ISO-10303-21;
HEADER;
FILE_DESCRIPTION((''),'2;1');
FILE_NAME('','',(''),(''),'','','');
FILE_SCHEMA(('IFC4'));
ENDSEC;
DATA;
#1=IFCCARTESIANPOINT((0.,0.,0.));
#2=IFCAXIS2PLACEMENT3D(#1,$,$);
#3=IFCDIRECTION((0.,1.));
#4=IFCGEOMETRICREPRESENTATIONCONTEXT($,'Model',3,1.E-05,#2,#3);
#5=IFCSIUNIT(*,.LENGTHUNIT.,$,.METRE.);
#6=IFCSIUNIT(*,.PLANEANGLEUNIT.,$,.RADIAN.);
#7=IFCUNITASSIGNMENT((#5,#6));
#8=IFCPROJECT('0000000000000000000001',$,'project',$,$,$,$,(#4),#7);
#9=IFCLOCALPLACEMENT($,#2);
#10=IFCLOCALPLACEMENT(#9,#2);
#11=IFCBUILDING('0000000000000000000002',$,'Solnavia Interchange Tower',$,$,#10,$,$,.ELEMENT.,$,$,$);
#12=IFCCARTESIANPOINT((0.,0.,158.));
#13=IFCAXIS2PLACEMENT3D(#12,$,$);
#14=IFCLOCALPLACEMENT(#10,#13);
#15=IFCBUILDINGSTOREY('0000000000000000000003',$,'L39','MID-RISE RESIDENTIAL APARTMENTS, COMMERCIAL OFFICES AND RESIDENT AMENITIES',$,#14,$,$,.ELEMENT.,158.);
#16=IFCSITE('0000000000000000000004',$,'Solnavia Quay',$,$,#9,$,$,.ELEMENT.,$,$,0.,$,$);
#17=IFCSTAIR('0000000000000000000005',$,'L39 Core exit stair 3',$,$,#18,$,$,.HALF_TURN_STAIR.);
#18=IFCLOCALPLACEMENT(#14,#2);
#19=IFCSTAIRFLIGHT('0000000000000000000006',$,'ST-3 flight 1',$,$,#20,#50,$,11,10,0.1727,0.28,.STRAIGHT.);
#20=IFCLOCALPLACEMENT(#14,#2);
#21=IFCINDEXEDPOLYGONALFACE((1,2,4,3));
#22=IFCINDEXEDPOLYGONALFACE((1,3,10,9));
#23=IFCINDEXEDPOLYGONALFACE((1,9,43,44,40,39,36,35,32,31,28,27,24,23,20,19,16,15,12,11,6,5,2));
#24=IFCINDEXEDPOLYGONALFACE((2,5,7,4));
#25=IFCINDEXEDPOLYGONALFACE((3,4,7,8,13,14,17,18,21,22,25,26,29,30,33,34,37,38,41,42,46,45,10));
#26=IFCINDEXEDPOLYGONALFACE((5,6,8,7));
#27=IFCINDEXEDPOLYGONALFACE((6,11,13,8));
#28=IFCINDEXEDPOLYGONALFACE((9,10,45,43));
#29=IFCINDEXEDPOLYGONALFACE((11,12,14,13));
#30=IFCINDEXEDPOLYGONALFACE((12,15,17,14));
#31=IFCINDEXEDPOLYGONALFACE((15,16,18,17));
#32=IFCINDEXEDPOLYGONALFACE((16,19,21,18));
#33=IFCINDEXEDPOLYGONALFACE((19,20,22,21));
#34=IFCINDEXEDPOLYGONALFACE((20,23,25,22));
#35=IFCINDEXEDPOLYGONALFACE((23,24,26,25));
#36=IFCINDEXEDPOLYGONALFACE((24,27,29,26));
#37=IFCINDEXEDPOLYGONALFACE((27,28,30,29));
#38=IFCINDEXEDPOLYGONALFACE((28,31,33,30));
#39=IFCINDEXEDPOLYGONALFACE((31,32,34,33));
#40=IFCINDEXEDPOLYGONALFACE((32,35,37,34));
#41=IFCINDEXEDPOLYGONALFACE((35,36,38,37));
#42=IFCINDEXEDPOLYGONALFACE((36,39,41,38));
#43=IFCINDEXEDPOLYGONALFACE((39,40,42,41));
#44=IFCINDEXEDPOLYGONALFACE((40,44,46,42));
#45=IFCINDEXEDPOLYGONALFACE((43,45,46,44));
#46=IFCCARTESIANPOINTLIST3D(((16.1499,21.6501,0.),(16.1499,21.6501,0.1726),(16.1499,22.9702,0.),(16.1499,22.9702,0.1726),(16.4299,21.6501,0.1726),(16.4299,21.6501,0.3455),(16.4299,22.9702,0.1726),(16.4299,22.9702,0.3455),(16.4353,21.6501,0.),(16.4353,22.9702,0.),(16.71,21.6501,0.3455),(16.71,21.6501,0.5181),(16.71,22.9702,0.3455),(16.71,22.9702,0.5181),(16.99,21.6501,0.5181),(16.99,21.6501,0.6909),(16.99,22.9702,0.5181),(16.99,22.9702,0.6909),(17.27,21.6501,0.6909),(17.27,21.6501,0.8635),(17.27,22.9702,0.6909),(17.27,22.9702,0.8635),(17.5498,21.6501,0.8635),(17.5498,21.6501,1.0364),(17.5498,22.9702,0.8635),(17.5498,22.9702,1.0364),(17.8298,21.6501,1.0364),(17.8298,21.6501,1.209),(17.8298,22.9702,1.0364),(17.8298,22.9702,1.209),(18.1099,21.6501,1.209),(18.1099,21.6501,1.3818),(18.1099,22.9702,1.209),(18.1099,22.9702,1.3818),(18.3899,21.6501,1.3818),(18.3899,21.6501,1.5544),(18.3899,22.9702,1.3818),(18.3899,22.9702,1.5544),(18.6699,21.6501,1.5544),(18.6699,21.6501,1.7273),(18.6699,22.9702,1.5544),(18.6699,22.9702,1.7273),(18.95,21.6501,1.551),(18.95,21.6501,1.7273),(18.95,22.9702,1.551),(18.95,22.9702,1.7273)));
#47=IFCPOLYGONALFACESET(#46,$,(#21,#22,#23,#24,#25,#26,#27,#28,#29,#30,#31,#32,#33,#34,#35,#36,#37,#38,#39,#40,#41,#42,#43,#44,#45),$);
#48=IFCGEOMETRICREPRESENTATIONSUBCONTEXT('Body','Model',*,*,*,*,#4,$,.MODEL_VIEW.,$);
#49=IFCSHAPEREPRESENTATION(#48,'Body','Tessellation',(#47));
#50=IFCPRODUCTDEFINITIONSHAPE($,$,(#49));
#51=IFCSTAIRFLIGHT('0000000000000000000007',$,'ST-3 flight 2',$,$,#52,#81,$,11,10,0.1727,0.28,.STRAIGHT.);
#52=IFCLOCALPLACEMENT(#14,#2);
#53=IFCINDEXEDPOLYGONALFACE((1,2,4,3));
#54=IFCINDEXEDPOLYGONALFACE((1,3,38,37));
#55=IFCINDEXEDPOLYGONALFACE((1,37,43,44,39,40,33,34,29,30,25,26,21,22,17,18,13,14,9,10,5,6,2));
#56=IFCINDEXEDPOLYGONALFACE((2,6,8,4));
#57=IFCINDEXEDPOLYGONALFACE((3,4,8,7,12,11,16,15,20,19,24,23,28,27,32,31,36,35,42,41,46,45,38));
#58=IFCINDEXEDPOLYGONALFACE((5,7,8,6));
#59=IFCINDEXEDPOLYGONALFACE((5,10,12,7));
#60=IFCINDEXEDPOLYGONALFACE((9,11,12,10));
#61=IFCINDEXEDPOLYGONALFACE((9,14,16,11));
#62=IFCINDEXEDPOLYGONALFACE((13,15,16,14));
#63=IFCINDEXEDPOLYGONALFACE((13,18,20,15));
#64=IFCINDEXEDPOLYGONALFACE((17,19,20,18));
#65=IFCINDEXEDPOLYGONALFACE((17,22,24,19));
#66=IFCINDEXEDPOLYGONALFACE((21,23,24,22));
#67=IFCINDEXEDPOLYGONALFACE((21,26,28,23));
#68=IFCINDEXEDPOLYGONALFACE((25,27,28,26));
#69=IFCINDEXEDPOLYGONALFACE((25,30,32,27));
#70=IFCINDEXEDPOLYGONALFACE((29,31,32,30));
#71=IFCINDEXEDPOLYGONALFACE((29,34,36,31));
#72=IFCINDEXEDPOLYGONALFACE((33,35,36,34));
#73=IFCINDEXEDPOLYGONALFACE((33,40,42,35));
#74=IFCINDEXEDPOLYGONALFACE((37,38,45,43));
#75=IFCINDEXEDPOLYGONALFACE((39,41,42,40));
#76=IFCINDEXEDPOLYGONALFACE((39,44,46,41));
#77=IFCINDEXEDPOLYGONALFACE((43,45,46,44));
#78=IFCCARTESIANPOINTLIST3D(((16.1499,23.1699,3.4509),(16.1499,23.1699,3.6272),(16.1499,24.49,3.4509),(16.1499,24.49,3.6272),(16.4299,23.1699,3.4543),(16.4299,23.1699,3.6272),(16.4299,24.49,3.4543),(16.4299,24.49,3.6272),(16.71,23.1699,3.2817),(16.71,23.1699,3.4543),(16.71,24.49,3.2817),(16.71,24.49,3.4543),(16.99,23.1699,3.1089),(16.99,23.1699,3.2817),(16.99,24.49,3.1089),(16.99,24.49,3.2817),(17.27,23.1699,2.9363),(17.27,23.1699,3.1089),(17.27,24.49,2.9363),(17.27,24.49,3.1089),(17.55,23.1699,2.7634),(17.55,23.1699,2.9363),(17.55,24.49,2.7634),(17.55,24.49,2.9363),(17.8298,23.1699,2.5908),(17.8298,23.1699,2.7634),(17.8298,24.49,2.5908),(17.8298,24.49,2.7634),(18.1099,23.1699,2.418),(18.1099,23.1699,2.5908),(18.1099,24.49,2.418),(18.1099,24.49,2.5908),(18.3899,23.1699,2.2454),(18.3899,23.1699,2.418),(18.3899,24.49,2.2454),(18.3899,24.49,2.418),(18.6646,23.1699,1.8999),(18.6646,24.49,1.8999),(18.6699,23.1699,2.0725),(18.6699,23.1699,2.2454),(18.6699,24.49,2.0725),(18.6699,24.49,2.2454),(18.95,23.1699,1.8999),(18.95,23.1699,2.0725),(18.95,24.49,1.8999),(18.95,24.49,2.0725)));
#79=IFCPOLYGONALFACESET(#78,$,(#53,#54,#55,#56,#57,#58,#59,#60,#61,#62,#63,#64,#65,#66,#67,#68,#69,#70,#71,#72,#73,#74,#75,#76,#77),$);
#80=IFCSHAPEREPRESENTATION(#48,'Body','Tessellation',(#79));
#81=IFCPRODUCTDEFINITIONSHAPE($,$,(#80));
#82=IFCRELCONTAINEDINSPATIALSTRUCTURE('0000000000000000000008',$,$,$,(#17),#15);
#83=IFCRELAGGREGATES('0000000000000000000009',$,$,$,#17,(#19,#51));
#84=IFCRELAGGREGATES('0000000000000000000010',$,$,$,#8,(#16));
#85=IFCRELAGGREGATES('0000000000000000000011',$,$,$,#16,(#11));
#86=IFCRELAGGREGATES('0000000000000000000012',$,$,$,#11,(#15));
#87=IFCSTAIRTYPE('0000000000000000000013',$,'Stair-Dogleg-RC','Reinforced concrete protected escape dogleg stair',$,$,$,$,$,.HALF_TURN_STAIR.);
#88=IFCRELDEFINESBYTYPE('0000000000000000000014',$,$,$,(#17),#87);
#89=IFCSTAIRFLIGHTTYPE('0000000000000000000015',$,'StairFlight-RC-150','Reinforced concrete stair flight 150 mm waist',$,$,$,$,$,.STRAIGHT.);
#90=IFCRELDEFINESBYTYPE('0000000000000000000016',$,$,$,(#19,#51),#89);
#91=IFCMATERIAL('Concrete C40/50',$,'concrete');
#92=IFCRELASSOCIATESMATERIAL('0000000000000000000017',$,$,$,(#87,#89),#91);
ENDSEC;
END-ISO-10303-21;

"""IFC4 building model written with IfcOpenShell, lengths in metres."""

from ifc_helpers import new_model, si_unit, direction, frame, origin, place, context, subcontext, project, spatial, polyline, outline, extrude, material, type_object, element, aggregate, save


model = new_model("IFC4")

# Units and contexts
model_context = context("Model", 3, precision=1e-05, world=origin(), true_north=direction((0.0, 1.0)))
body_context = subcontext(model_context, "Body", "Model", "MODEL_VIEW")
ifc_project = project(units=[si_unit("LENGTHUNIT", "METRE"), si_unit("PLANEANGLEUNIT", "RADIAN")], contexts=[model_context])

# Site, building, storey
site_placement = place(None, origin())
site = spatial("IfcSite", under=ifc_project, at=site_placement, Name="Solnavia Quay", CompositionType="ELEMENT", RefElevation=0.0)
building_placement = place(site_placement, origin())
building = spatial("IfcBuilding", under=site, at=building_placement, Name="Solnavia Interchange Tower", CompositionType="ELEMENT")
storey_placement = place(building_placement, frame((0.0, 0.0, 158.0)))
storey = spatial("IfcBuildingStorey", under=building, at=storey_placement, Name="L39", Description="MID-RISE RESIDENTIAL APARTMENTS, COMMERCIAL OFFICES AND RESIDENT AMENITIES", CompositionType="ELEMENT", Elevation=158.0)

# Shared definitions
ifc_material_1 = material(Name="Concrete C40/50", Category="concrete")

# Stair, stair flights
stair_type = type_object("IfcStairType", Name="Stair-Dogleg-RC", Description="Reinforced concrete protected escape dogleg stair", PredefinedType="HALF_TURN_STAIR", material=ifc_material_1)
stair_placement = place(storey_placement, origin())
stair = element("IfcStair", 1, at=stair_placement, inside=storey, type_object=stair_type, Name="L39 Core exit stair 3", PredefinedType="HALF_TURN_STAIR")
stair_flight_type = type_object("IfcStairFlightType", Name="StairFlight-RC-150", Description="Reinforced concrete stair flight 150 mm waist", PredefinedType="STRAIGHT", material=ifc_material_1)
stair_flight_1_placement = place(storey_placement, frame((16.1499, 22.3101, 0.0), z_axis=(0.0, 0.0, 1.0), x_axis=(1.0, 0.0, 0.0)))
stair_flight_1 = element("IfcStairFlight", 2, at=stair_flight_1_placement, type_object=stair_flight_type, Name="ST-3 flight 1", NumberOfRisers=11, NumberOfTreads=10, PredefinedType="STRAIGHT", RiserHeight=0.1727, TreadLength=0.28, context=body_context, shape_type="SweptSolid", body=[
    extrude(outline(polyline([(0.0, 0.0), (0.0, 0.1726), (0.28, 0.1726), (0.28, 0.3455), (0.5601, 0.3455), (0.5601, 0.5181), (0.8401, 0.5181), (0.8401, 0.6909), (1.1201, 0.6909), (1.1201, 0.8635), (1.3999, 0.8635), (1.3999, 1.0364), (1.6799, 1.0364), (1.6799, 1.209), (1.96, 1.209), (1.96, 1.3818), (2.24, 1.3818), (2.24, 1.5544), (2.52, 1.5544), (2.52, 1.7273), (2.8, 1.7273), (2.8, 1.8999), (2.8, 1.551), (0.2854, 0.0), (0.0, 0.0)])), frame((0.0, 0.6602, 0.0), z_axis=(0.0, -1.0, 0.0), x_axis=(1.0, 0.0, 0.0)), (0.0, 0.0, 1.0), 1.3201),
])
stair_flight_2_placement = place(storey_placement, frame((18.95, 23.8301, 1.8999), z_axis=(0.0, 0.0, 1.0), x_axis=(-1.0, 0.0, 0.0)))
stair_flight_2 = element("IfcStairFlight", 3, at=stair_flight_2_placement, type_object=stair_flight_type, Name="ST-3 flight 2", NumberOfRisers=11, NumberOfTreads=10, PredefinedType="STRAIGHT", RiserHeight=0.1727, TreadLength=0.28, context=body_context, shape_type="SweptSolid", body=[
    extrude(outline(polyline([(0.0, 0.0), (0.0, 0.1726), (0.28, 0.1726), (0.28, 0.3455), (0.5601, 0.3455), (0.5601, 0.5181), (0.8401, 0.5181), (0.8401, 0.6909), (1.1201, 0.6909), (1.1201, 0.8635), (1.3999, 0.8635), (1.3999, 1.0364), (1.6799, 1.0364), (1.6799, 1.209), (1.96, 1.209), (1.96, 1.3818), (2.24, 1.3818), (2.24, 1.5544), (2.52, 1.5544), (2.52, 1.7273), (2.8, 1.7273), (2.8, 1.8999), (2.8, 1.551), (0.2854, 0.0), (0.0, 0.0)])), frame((0.0, 0.6602, 0.0), z_axis=(0.0, -1.0, 0.0), x_axis=(1.0, 0.0, 0.0)), (0.0, 0.0, 1.0), 1.3201),
])
aggregate(stair, [stair_flight_1, stair_flight_2])

save(model, "model.ifc")
